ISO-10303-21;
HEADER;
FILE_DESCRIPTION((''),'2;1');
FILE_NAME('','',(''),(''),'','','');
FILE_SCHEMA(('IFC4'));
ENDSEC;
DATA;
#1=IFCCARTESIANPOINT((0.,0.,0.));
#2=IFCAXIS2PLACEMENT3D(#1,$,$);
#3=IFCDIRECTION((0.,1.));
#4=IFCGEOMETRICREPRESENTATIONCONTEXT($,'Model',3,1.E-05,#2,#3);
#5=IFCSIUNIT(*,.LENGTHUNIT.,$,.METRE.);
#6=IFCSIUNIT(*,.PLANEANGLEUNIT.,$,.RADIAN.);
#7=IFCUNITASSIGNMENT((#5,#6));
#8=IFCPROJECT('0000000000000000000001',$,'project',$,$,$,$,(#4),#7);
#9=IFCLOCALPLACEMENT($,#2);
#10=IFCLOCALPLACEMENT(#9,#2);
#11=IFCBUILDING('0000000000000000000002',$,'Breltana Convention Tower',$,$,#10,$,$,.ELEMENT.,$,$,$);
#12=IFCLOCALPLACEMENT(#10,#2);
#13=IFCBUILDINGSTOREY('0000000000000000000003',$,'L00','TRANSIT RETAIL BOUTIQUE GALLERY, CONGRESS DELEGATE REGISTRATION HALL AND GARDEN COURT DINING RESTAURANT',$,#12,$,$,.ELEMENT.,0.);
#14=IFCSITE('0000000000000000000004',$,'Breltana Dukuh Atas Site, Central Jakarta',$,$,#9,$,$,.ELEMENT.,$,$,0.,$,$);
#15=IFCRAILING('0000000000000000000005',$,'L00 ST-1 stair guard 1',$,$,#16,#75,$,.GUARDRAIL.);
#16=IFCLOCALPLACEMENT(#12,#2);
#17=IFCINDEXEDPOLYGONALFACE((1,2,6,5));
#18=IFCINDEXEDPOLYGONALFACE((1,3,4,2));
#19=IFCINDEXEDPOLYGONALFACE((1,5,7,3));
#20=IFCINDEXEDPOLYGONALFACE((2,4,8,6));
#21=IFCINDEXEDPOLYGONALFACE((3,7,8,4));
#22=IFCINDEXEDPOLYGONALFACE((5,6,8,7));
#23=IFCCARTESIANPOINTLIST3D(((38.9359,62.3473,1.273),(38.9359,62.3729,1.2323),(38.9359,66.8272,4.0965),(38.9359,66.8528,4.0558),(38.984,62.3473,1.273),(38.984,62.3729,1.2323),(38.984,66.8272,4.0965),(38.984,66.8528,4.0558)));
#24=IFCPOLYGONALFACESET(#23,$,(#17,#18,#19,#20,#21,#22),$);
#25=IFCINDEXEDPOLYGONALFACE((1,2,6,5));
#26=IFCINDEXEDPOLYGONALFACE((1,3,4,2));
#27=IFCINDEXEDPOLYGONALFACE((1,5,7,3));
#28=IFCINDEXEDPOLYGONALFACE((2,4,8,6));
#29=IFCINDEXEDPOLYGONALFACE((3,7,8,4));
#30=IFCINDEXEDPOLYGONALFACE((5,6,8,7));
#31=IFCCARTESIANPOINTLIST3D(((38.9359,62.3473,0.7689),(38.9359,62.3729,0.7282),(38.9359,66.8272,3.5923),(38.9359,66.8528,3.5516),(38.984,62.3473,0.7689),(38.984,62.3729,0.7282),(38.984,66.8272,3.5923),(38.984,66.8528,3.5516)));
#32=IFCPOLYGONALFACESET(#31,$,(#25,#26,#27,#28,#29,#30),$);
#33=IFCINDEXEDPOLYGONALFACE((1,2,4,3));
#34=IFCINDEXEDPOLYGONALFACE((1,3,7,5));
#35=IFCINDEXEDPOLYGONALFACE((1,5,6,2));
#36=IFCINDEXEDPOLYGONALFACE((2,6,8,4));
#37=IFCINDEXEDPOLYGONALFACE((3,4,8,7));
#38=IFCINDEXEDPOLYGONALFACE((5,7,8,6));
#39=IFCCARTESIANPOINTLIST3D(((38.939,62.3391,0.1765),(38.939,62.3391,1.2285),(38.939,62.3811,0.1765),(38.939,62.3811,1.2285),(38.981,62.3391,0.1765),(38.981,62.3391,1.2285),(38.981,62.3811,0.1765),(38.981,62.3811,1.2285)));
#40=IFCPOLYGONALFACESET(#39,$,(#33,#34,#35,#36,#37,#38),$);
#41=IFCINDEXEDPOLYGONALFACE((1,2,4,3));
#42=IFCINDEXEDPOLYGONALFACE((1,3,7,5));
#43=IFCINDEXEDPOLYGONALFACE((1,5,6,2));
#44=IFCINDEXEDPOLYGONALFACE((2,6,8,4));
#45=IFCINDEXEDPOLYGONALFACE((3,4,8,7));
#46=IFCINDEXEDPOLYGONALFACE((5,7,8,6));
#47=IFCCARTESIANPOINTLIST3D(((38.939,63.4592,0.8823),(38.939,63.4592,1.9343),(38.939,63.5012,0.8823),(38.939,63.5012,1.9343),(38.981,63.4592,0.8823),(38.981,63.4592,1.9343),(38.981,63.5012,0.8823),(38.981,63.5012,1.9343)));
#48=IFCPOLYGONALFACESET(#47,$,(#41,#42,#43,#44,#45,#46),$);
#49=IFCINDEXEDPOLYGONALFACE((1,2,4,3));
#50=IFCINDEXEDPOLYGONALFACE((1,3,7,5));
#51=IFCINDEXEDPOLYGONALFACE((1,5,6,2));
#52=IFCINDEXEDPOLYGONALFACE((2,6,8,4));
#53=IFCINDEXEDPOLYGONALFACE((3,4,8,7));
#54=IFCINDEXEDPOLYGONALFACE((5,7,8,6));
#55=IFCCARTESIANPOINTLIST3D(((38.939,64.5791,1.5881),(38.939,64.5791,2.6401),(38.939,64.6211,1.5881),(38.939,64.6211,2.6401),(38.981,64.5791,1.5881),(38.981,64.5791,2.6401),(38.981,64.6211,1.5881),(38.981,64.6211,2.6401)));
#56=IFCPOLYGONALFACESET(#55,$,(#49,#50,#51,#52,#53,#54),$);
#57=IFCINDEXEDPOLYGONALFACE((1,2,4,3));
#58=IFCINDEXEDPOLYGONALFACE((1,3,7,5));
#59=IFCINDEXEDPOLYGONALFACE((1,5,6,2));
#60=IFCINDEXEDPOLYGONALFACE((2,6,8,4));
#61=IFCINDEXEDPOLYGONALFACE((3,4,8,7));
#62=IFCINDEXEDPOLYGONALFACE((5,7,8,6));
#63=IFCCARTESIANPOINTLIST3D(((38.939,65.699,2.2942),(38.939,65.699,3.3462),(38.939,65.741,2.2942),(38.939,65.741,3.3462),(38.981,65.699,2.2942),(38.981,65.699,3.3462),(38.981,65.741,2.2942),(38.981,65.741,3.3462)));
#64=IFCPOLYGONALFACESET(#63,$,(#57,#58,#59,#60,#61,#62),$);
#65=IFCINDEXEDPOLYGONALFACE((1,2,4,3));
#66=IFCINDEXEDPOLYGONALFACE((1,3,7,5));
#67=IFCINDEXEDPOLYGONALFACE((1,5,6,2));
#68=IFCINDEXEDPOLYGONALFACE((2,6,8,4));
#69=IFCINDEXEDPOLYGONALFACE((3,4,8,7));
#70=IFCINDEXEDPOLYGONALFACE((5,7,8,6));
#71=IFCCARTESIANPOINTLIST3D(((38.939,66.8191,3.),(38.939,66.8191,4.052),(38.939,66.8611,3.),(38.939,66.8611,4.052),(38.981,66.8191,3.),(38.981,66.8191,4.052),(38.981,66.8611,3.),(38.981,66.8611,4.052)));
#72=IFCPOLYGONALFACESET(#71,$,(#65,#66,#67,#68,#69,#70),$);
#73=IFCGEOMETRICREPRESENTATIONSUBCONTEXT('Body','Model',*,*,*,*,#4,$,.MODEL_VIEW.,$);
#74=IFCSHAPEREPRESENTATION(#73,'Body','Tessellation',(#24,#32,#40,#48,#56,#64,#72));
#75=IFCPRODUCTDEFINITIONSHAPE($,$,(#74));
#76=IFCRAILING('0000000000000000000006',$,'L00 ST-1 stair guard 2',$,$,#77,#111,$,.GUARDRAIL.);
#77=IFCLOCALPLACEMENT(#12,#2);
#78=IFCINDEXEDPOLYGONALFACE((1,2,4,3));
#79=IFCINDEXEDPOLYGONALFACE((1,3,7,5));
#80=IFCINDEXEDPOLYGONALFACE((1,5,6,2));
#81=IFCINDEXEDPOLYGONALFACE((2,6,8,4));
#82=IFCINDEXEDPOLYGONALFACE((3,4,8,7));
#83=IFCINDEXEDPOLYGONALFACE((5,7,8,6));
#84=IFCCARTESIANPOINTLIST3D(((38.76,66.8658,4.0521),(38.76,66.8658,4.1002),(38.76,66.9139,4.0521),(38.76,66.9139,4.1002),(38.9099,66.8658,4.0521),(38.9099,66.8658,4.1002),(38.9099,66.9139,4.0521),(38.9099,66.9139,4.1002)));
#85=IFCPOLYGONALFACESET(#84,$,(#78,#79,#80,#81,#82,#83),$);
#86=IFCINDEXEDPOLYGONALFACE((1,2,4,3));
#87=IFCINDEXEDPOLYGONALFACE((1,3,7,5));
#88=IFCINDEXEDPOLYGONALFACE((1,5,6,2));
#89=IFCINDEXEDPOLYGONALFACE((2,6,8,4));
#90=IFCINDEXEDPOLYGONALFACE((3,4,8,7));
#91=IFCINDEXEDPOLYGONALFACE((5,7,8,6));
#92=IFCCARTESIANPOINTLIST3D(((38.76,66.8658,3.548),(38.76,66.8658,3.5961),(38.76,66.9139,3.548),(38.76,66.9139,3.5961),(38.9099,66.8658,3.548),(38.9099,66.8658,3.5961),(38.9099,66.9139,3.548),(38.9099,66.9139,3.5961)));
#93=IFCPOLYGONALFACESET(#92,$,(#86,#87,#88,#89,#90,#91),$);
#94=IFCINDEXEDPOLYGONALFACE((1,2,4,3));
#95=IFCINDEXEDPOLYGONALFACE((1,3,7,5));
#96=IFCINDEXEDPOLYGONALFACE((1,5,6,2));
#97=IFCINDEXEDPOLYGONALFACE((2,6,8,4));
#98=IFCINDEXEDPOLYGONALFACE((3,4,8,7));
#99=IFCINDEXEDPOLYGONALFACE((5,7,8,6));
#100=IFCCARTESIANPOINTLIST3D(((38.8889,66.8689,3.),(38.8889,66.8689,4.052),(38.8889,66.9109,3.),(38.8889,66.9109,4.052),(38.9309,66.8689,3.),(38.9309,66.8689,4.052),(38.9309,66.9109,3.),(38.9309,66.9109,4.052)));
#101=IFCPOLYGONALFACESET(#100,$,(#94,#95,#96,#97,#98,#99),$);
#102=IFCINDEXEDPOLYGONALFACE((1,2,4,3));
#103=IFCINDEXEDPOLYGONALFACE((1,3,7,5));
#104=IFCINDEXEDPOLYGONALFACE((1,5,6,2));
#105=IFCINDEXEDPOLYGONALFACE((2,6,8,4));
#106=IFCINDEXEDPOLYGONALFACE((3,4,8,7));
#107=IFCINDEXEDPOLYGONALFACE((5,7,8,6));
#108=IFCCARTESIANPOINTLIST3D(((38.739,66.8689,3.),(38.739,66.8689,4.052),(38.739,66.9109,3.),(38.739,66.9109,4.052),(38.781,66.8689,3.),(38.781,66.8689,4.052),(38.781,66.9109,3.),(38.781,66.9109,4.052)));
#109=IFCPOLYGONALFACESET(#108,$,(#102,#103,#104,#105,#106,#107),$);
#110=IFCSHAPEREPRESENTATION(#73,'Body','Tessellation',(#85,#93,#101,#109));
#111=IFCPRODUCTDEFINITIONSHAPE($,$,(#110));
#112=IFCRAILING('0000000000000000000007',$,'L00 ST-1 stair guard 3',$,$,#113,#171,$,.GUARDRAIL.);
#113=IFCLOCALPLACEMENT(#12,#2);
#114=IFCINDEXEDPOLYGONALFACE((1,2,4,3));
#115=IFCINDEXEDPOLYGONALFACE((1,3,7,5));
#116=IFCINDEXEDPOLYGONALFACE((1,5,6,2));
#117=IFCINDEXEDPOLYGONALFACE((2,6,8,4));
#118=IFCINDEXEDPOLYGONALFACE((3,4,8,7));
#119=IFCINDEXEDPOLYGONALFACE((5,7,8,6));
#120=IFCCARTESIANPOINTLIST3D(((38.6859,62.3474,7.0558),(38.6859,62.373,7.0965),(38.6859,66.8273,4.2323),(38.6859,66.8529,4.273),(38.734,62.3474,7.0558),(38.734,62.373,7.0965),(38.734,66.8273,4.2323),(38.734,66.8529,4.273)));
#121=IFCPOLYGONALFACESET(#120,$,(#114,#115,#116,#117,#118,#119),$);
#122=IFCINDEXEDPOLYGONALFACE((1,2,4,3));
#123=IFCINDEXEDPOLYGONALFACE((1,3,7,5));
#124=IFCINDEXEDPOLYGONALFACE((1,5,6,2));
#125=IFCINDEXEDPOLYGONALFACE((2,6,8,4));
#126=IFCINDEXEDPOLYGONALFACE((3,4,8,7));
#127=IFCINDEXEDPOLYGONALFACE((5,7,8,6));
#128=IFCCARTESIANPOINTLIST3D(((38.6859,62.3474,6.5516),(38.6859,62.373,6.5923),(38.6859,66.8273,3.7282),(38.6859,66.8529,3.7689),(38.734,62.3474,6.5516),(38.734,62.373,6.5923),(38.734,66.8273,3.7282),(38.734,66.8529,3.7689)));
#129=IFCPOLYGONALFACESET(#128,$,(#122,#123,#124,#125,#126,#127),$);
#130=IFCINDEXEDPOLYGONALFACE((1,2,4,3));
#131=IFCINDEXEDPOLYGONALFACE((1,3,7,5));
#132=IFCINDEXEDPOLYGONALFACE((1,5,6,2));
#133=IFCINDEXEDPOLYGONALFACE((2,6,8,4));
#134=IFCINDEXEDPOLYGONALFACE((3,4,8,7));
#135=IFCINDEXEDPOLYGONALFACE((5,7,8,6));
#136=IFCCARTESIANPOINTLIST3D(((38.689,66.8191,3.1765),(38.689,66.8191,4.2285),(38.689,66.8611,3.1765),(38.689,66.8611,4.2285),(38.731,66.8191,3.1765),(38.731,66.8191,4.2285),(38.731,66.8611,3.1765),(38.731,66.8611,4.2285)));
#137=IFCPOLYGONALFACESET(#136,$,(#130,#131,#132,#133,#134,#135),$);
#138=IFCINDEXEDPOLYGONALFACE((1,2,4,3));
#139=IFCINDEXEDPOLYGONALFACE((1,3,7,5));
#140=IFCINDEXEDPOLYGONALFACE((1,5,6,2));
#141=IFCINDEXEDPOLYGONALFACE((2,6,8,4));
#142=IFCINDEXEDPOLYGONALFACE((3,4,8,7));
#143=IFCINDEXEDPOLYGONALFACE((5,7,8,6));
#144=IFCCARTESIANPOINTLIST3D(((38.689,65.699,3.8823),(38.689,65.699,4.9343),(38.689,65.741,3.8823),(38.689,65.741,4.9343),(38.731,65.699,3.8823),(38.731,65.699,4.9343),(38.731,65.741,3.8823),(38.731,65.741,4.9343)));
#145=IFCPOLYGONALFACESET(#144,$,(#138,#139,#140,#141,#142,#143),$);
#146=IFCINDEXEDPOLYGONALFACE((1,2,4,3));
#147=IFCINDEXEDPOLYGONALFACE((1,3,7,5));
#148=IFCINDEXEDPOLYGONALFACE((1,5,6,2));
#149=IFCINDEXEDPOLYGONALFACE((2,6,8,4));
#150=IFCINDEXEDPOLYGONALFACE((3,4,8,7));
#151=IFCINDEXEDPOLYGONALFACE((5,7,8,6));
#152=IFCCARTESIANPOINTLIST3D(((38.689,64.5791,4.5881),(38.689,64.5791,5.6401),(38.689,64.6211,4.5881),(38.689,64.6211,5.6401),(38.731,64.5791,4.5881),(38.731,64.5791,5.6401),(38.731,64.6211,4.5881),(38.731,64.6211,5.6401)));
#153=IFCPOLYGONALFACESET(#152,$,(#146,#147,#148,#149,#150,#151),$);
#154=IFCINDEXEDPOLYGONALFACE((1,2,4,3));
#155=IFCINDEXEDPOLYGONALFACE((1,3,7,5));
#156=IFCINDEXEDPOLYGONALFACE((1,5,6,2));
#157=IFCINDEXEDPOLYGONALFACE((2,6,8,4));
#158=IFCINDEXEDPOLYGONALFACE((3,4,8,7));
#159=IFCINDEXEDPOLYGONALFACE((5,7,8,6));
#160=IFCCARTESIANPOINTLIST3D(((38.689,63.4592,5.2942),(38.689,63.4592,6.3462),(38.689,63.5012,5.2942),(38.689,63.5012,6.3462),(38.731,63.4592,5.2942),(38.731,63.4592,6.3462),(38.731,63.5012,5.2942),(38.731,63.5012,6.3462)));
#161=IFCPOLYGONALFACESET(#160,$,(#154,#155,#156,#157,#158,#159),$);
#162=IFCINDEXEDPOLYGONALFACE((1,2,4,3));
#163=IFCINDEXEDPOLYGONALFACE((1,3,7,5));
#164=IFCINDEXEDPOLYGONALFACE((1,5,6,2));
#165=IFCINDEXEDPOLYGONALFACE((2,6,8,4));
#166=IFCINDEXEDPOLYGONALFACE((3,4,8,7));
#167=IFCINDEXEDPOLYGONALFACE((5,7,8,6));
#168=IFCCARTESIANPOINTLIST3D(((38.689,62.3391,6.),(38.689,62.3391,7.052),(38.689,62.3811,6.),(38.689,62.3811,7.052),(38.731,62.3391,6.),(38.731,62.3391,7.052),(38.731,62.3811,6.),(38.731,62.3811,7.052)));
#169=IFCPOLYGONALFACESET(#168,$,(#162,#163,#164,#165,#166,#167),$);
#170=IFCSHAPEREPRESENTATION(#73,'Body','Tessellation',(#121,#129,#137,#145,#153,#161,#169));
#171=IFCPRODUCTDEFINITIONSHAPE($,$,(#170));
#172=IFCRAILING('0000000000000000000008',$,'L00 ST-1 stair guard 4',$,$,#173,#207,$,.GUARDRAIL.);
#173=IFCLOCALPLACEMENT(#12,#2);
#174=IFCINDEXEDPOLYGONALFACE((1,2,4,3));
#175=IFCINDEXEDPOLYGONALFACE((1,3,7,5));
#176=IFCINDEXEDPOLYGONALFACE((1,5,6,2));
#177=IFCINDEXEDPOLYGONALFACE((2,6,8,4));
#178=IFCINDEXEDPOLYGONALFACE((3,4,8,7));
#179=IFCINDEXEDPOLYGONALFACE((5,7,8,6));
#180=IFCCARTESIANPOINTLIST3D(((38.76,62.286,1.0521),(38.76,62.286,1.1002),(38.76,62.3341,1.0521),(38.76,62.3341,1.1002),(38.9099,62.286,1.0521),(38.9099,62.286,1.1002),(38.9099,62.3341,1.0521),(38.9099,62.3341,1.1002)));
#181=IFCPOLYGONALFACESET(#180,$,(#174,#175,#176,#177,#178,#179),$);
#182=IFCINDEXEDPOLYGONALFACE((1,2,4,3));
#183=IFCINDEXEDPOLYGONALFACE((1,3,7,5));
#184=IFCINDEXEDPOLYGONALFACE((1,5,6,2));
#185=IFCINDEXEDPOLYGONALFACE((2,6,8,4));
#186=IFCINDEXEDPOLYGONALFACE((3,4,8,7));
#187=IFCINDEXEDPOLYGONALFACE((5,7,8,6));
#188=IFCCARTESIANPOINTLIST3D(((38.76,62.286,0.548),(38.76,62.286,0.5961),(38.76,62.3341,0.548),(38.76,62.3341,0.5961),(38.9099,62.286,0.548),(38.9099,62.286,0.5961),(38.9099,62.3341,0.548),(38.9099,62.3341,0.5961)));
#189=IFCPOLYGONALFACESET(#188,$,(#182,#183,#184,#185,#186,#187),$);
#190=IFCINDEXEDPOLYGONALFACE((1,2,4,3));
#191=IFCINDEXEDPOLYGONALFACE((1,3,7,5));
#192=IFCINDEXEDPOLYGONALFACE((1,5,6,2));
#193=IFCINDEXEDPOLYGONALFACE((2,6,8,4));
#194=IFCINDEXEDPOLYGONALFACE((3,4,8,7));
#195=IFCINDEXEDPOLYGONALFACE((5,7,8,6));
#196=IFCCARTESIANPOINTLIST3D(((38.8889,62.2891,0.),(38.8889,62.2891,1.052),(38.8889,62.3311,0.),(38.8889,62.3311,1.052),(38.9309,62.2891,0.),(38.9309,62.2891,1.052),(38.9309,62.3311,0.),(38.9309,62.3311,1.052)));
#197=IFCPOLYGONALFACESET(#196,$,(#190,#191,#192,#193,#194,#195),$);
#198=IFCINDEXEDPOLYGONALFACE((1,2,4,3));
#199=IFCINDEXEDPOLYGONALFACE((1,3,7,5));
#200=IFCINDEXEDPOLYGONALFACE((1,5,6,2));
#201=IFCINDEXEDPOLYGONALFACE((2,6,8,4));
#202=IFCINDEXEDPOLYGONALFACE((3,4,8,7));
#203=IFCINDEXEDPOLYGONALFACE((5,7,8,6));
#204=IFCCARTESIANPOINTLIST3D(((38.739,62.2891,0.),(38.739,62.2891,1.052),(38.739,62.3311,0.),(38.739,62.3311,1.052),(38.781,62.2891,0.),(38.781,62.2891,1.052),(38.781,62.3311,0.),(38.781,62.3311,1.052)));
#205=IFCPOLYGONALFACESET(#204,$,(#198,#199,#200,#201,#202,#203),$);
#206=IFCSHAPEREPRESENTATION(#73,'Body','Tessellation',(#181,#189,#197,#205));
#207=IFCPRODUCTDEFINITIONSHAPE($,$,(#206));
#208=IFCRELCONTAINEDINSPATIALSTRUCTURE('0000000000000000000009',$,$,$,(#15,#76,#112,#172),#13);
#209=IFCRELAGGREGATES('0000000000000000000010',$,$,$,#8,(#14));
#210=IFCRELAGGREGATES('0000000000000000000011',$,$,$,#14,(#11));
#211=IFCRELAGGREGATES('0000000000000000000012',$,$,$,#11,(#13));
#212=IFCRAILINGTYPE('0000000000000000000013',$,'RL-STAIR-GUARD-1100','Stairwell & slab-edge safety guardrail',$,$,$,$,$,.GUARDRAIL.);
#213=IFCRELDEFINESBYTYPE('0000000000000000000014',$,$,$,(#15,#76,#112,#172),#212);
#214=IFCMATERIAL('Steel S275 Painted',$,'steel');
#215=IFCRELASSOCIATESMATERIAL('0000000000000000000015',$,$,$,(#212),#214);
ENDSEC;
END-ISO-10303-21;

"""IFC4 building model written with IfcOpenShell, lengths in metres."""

from ifc_helpers import new_model, si_unit, direction, frame, origin, origin_2d, place, context, subcontext, project, spatial, rectangle, extrude, material, type_object, element, save


model = new_model("IFC4")

# Units and contexts
model_context = context("Model", 3, precision=1e-05, world=origin(), true_north=direction((0.0, 1.0)))
body_context = subcontext(model_context, "Body", "Model", "MODEL_VIEW")
ifc_project = project(units=[si_unit("LENGTHUNIT", "METRE"), si_unit("PLANEANGLEUNIT", "RADIAN")], contexts=[model_context])

# Site, building, storey
site_placement = place(None, origin())
site = spatial("IfcSite", under=ifc_project, at=site_placement, Name="Breltana Dukuh Atas Site, Central Jakarta", CompositionType="ELEMENT", RefElevation=0.0)
building_placement = place(site_placement, origin())
building = spatial("IfcBuilding", under=site, at=building_placement, Name="Breltana Convention Tower", CompositionType="ELEMENT")
storey_placement = place(building_placement, origin())
storey = spatial("IfcBuildingStorey", under=building, at=storey_placement, Name="L00", Description="TRANSIT RETAIL BOUTIQUE GALLERY, CONGRESS DELEGATE REGISTRATION HALL AND GARDEN COURT DINING RESTAURANT", CompositionType="ELEMENT", Elevation=0.0)

# Railings
ifc_material_1 = material(Name="Steel S275 Painted", Category="steel")
railing_type_1 = type_object("IfcRailingType", Name="RL-STAIR-GUARD-1100", Description="Stairwell & slab-edge safety guardrail", PredefinedType="GUARDRAIL", material=ifc_material_1)
railing_1_placement = place(storey_placement, frame((38.96, 62.3601, 0.1765)))
element("IfcRailing", 1, at=railing_1_placement, inside=storey, type_object=railing_type_1, Name="L00 ST-1 stair guard 1", PredefinedType="GUARDRAIL", context=body_context, shape_type="SweptSolid", body=[
    extrude(rectangle(XDim=0.0481, YDim=0.0481, at=origin_2d()), frame((0.0, 0.0, 1.0762), z_axis=(0.0, 0.845998, 0.533186), x_axis=(-1.0, 0.0, 0.0)), (0.0, 0.0, 1.0), 5.2954),
    extrude(rectangle(XDim=0.0481, YDim=0.0481, at=origin_2d()), frame((0.0, 0.0, 0.572), z_axis=(0.0, 0.845998, 0.533186), x_axis=(-1.0, 0.0, 0.0)), (0.0, 0.0, 1.0), 5.2954),
    extrude(rectangle(XDim=0.042, YDim=0.042, at=origin_2d()), origin(), (0.0, 0.0, 1.0), 1.052),
    extrude(rectangle(XDim=0.042, YDim=0.042, at=origin_2d()), frame((0.0, 1.1201, 0.7058)), (0.0, 0.0, 1.0), 1.052),
    extrude(rectangle(XDim=0.042, YDim=0.042, at=origin_2d()), frame((0.0, 2.24, 1.4116)), (0.0, 0.0, 1.0), 1.052),
    extrude(rectangle(XDim=0.042, YDim=0.042, at=origin_2d()), frame((0.0, 3.3599, 2.1177)), (0.0, 0.0, 1.0), 1.052),
    extrude(rectangle(XDim=0.042, YDim=0.042, at=origin_2d()), frame((0.0, 4.48, 2.8235)), (0.0, 0.0, 1.0), 1.052),
])
railing_2_placement = place(storey_placement, frame((38.9099, 66.8899, 3.0)))
element("IfcRailing", 2, at=railing_2_placement, inside=storey, type_object=railing_type_1, Name="L00 ST-1 stair guard 2", PredefinedType="GUARDRAIL", context=body_context, shape_type="SweptSolid", body=[
    extrude(rectangle(XDim=0.0481, YDim=0.0481, at=origin_2d()), frame((0.0, 0.0, 1.0762), z_axis=(-1.0, 0.0, 0.0), x_axis=(0.0, -1.0, 0.0)), (0.0, 0.0, 1.0), 0.1499),
    extrude(rectangle(XDim=0.0481, YDim=0.0481, at=origin_2d()), frame((0.0, 0.0, 0.572), z_axis=(-1.0, 0.0, 0.0), x_axis=(0.0, -1.0, 0.0)), (0.0, 0.0, 1.0), 0.1499),
    extrude(rectangle(XDim=0.042, YDim=0.042, at=origin_2d()), origin(), (0.0, 0.0, 1.0), 1.052),
    extrude(rectangle(XDim=0.042, YDim=0.042, at=origin_2d()), frame((-0.1499, 0.0, 0.0)), (0.0, 0.0, 1.0), 1.052),
])
railing_3_placement = place(storey_placement, frame((38.71, 66.8401, 3.1765)))
element("IfcRailing", 3, at=railing_3_placement, inside=storey, type_object=railing_type_1, Name="L00 ST-1 stair guard 3", PredefinedType="GUARDRAIL", context=body_context, shape_type="SweptSolid", body=[
    extrude(rectangle(XDim=0.0481, YDim=0.0481, at=origin_2d()), frame((0.0, 0.0, 1.0762), z_axis=(0.0, -0.845998, 0.533186), x_axis=(1.0, 0.0, 0.0)), (0.0, 0.0, 1.0), 5.2954),
    extrude(rectangle(XDim=0.0481, YDim=0.0481, at=origin_2d()), frame((0.0, 0.0, 0.572), z_axis=(0.0, -0.845998, 0.533186), x_axis=(1.0, 0.0, 0.0)), (0.0, 0.0, 1.0), 5.2954),
    extrude(rectangle(XDim=0.042, YDim=0.042, at=origin_2d()), origin(), (0.0, 0.0, 1.0), 1.052),
    extrude(rectangle(XDim=0.042, YDim=0.042, at=origin_2d()), frame((0.0, -1.1201, 0.7058)), (0.0, 0.0, 1.0), 1.052),
    extrude(rectangle(XDim=0.042, YDim=0.042, at=origin_2d()), frame((0.0, -2.24, 1.4116)), (0.0, 0.0, 1.0), 1.052),
    extrude(rectangle(XDim=0.042, YDim=0.042, at=origin_2d()), frame((0.0, -3.3599, 2.1177)), (0.0, 0.0, 1.0), 1.052),
    extrude(rectangle(XDim=0.042, YDim=0.042, at=origin_2d()), frame((0.0, -4.48, 2.8235)), (0.0, 0.0, 1.0), 1.052),
])
railing_4_placement = place(storey_placement, frame((38.9099, 62.3101, 0.0)))
element("IfcRailing", 4, at=railing_4_placement, inside=storey, type_object=railing_type_1, Name="L00 ST-1 stair guard 4", PredefinedType="GUARDRAIL", context=body_context, shape_type="SweptSolid", body=[
    extrude(rectangle(XDim=0.0481, YDim=0.0481, at=origin_2d()), frame((0.0, 0.0, 1.0762), z_axis=(-1.0, 0.0, 0.0), x_axis=(0.0, -1.0, 0.0)), (0.0, 0.0, 1.0), 0.1499),
    extrude(rectangle(XDim=0.0481, YDim=0.0481, at=origin_2d()), frame((0.0, 0.0, 0.572), z_axis=(-1.0, 0.0, 0.0), x_axis=(0.0, -1.0, 0.0)), (0.0, 0.0, 1.0), 0.1499),
    extrude(rectangle(XDim=0.042, YDim=0.042, at=origin_2d()), origin(), (0.0, 0.0, 1.0), 1.052),
    extrude(rectangle(XDim=0.042, YDim=0.042, at=origin_2d()), frame((-0.1499, 0.0, 0.0)), (0.0, 0.0, 1.0), 1.052),
])

save(model, "model.ifc")
